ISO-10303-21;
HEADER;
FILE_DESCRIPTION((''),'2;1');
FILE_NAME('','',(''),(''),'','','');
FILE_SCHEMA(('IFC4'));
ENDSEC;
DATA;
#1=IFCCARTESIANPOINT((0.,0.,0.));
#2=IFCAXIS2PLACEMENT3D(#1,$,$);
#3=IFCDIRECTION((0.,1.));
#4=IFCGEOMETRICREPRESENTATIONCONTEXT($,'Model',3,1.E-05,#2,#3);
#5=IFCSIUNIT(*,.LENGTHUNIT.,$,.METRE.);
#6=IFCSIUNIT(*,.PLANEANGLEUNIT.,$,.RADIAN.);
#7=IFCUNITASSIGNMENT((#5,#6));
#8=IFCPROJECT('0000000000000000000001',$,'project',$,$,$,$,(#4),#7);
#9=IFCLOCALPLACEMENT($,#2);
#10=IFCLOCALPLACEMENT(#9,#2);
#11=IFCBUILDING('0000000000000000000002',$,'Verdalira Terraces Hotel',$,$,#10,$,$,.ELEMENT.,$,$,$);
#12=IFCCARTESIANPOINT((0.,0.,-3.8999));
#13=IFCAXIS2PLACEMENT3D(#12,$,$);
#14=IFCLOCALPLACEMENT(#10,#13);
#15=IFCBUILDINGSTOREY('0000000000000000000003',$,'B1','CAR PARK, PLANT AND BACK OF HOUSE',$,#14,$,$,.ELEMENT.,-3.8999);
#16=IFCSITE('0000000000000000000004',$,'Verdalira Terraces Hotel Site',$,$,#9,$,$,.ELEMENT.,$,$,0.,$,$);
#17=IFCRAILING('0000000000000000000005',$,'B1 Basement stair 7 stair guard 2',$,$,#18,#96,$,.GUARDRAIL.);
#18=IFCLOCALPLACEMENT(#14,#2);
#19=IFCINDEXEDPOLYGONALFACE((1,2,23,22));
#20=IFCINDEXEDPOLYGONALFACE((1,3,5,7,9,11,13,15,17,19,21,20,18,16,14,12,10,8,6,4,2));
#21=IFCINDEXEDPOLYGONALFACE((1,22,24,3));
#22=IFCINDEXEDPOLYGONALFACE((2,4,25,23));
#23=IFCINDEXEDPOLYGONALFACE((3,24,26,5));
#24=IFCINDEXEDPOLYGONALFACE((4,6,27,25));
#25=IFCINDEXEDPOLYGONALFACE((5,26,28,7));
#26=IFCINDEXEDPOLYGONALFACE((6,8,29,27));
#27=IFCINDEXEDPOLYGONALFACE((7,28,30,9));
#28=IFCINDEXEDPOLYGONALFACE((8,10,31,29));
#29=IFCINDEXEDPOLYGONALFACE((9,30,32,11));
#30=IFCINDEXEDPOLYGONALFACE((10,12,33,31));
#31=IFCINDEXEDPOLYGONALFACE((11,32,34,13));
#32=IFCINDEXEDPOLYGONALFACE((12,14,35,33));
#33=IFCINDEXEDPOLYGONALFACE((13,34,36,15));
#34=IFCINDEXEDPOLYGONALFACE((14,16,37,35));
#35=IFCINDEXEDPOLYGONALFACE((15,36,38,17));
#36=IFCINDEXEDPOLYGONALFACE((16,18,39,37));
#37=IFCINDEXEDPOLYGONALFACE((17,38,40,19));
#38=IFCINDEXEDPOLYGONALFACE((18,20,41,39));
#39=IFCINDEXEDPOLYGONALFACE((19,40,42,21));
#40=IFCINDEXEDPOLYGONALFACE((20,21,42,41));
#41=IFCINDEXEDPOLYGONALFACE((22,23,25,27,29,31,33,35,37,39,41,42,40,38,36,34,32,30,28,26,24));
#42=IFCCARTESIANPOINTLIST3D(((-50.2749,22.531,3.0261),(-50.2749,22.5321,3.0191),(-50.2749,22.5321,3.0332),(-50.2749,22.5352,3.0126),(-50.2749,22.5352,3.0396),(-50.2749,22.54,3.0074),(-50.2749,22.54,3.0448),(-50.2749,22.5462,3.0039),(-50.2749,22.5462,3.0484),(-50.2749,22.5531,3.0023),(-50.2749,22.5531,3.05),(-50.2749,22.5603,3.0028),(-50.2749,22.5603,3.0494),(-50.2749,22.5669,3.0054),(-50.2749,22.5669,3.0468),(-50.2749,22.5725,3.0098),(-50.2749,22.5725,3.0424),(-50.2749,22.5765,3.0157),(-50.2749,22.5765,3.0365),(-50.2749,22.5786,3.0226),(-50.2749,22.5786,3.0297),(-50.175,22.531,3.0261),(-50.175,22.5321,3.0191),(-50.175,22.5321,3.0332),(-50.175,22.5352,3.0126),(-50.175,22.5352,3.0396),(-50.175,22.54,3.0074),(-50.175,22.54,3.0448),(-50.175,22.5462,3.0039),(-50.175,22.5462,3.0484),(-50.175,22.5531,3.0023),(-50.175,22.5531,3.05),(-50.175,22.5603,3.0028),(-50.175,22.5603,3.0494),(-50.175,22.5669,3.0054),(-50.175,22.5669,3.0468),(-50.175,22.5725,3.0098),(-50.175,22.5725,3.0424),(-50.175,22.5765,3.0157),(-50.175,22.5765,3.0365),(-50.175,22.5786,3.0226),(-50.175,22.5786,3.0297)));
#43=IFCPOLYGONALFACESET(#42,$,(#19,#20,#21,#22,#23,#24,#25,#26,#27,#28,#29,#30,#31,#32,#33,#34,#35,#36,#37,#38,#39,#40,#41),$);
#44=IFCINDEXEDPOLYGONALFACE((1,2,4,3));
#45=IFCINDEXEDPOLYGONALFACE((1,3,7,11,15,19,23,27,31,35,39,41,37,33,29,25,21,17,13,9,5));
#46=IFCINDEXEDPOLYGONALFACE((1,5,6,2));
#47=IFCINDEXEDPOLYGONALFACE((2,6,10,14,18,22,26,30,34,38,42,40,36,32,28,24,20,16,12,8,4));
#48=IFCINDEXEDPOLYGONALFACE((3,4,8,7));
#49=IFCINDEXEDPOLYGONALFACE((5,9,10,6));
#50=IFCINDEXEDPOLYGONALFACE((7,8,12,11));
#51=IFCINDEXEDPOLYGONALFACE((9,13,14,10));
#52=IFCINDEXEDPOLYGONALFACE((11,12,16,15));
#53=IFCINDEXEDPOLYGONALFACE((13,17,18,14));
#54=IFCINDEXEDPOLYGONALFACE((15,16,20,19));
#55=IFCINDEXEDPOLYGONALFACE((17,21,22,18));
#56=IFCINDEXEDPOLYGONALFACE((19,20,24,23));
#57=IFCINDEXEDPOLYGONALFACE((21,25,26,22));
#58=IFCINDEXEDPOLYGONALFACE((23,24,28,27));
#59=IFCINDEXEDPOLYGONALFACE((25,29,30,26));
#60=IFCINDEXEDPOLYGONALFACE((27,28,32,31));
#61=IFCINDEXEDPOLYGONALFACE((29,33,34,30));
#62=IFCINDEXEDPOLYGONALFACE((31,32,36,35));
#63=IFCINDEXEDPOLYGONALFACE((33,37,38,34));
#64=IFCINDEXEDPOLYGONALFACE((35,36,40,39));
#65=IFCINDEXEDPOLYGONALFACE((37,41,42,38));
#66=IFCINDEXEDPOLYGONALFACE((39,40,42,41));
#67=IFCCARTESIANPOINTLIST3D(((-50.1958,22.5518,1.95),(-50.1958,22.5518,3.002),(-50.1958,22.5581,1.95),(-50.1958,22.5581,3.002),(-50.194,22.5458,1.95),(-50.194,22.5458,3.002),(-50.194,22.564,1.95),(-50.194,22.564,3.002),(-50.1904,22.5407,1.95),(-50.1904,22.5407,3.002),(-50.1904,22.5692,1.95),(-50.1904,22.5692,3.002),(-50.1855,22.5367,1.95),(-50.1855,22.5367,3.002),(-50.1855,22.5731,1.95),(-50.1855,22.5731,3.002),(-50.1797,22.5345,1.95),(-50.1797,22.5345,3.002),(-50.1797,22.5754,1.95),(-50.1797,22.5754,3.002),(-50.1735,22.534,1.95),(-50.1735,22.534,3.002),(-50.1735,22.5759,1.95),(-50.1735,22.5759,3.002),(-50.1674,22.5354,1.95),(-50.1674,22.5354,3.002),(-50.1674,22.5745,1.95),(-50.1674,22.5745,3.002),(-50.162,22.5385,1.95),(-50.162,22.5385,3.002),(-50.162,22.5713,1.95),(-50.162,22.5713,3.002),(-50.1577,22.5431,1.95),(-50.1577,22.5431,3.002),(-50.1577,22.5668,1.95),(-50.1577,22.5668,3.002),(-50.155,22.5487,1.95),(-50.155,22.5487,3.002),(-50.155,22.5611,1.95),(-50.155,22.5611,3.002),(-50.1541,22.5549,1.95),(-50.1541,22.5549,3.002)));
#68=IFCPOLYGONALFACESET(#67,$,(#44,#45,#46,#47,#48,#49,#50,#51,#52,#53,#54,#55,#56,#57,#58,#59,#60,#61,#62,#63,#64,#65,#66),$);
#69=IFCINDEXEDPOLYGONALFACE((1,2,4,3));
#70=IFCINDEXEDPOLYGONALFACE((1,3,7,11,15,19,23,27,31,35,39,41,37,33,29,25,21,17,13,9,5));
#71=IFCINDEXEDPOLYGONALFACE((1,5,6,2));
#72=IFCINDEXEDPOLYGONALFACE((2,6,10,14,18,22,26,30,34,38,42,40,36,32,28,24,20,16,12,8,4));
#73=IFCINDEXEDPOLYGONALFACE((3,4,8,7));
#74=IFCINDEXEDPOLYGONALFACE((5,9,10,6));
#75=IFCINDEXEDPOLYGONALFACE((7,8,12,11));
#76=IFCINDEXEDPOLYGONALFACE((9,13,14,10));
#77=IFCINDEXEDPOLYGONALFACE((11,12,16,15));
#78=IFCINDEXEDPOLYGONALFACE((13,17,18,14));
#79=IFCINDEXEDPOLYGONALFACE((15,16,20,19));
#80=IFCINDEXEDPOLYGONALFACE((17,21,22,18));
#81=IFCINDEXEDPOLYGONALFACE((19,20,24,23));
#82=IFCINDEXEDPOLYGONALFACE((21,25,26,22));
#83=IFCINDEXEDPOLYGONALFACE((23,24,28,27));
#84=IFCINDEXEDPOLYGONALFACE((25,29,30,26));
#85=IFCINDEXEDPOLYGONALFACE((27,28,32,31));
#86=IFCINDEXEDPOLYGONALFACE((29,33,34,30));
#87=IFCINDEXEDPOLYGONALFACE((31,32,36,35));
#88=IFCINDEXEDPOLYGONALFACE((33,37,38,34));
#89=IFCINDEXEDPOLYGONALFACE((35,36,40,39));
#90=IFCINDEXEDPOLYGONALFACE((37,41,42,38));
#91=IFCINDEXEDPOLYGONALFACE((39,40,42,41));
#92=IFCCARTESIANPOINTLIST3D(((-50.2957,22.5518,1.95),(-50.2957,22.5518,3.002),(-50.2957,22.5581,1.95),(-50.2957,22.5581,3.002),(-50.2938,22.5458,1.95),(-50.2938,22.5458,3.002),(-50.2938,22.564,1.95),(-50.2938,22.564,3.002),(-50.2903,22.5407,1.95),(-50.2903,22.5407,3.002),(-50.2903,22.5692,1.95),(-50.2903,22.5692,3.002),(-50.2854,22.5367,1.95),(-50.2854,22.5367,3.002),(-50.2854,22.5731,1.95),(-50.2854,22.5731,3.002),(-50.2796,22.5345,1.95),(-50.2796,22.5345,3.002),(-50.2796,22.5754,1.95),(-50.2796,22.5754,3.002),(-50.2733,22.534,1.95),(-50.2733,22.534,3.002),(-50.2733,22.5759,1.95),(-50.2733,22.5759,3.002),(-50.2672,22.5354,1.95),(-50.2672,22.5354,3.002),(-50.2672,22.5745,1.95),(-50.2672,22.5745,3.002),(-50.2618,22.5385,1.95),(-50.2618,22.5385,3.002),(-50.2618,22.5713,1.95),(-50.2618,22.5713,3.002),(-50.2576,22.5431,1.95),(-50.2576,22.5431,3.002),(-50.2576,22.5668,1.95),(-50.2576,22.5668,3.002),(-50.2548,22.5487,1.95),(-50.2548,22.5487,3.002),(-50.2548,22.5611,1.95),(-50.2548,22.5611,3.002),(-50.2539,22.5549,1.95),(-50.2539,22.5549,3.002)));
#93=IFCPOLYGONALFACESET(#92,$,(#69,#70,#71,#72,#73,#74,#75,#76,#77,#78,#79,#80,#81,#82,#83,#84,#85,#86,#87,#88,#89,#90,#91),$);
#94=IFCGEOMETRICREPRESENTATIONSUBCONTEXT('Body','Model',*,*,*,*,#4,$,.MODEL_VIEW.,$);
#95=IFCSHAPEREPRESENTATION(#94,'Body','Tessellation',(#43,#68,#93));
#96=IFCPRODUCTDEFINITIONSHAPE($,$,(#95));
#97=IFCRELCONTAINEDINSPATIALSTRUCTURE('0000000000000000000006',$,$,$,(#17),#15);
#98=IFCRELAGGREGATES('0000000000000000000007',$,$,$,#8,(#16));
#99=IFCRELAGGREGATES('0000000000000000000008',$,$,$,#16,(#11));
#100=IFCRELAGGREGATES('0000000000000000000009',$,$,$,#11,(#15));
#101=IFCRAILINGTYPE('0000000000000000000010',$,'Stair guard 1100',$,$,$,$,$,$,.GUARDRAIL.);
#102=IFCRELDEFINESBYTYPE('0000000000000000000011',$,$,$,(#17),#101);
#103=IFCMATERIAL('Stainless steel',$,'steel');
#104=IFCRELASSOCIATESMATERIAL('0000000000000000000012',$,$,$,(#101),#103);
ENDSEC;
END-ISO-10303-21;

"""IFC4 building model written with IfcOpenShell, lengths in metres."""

from ifc_helpers import new_model, si_unit, direction, frame, origin, origin_2d, place, context, subcontext, project, spatial, circle, extrude, material, type_object, element, save


model = new_model("IFC4")

# Units and contexts
model_context = context("Model", 3, precision=1e-05, world=origin(), true_north=direction((0.0, 1.0)))
body_context = subcontext(model_context, "Body", "Model", "MODEL_VIEW")
ifc_project = project(units=[si_unit("LENGTHUNIT", "METRE"), si_unit("PLANEANGLEUNIT", "RADIAN")], contexts=[model_context])

# Site, building, storey
site_placement = place(None, origin())
site = spatial("IfcSite", under=ifc_project, at=site_placement, Name="Verdalira Terraces Hotel Site", CompositionType="ELEMENT", RefElevation=0.0)
building_placement = place(site_placement, origin())
building = spatial("IfcBuilding", under=site, at=building_placement, Name="Verdalira Terraces Hotel", CompositionType="ELEMENT")
storey_placement = place(building_placement, frame((0.0, 0.0, -3.8999)))
storey = spatial("IfcBuildingStorey", under=building, at=storey_placement, Name="B1", Description="CAR PARK, PLANT AND BACK OF HOUSE", CompositionType="ELEMENT", Elevation=-3.8999)

# Railing
ifc_material_1 = material(Name="Stainless steel", Category="steel")
railing_type_1 = type_object("IfcRailingType", Name="Stair guard 1100", PredefinedType="GUARDRAIL", material=ifc_material_1)
railing_1_placement = place(storey_placement, frame((-50.175, 22.5549, 1.95)))
element("IfcRailing", 1, at=railing_1_placement, inside=storey, type_object=railing_type_1, Name="B1 Basement stair 7 stair guard 2", PredefinedType="GUARDRAIL", context=body_context, shape_type="SweptSolid", body=[
    extrude(circle(Radius=0.0239, at=origin_2d()), frame((0.0, 0.0, 1.0762), z_axis=(-1.0, 0.0, 0.0), x_axis=(0.0, -1.0, 0.0)), (0.0, 0.0, 1.0), 0.0999),
    extrude(circle(Radius=0.021, at=origin_2d()), origin(), (0.0, 0.0, 1.0), 1.052),
    extrude(circle(Radius=0.021, at=origin_2d()), frame((-0.0999, 0.0, 0.0)), (0.0, 0.0, 1.0), 1.052),
])

save(model, "model.ifc")
